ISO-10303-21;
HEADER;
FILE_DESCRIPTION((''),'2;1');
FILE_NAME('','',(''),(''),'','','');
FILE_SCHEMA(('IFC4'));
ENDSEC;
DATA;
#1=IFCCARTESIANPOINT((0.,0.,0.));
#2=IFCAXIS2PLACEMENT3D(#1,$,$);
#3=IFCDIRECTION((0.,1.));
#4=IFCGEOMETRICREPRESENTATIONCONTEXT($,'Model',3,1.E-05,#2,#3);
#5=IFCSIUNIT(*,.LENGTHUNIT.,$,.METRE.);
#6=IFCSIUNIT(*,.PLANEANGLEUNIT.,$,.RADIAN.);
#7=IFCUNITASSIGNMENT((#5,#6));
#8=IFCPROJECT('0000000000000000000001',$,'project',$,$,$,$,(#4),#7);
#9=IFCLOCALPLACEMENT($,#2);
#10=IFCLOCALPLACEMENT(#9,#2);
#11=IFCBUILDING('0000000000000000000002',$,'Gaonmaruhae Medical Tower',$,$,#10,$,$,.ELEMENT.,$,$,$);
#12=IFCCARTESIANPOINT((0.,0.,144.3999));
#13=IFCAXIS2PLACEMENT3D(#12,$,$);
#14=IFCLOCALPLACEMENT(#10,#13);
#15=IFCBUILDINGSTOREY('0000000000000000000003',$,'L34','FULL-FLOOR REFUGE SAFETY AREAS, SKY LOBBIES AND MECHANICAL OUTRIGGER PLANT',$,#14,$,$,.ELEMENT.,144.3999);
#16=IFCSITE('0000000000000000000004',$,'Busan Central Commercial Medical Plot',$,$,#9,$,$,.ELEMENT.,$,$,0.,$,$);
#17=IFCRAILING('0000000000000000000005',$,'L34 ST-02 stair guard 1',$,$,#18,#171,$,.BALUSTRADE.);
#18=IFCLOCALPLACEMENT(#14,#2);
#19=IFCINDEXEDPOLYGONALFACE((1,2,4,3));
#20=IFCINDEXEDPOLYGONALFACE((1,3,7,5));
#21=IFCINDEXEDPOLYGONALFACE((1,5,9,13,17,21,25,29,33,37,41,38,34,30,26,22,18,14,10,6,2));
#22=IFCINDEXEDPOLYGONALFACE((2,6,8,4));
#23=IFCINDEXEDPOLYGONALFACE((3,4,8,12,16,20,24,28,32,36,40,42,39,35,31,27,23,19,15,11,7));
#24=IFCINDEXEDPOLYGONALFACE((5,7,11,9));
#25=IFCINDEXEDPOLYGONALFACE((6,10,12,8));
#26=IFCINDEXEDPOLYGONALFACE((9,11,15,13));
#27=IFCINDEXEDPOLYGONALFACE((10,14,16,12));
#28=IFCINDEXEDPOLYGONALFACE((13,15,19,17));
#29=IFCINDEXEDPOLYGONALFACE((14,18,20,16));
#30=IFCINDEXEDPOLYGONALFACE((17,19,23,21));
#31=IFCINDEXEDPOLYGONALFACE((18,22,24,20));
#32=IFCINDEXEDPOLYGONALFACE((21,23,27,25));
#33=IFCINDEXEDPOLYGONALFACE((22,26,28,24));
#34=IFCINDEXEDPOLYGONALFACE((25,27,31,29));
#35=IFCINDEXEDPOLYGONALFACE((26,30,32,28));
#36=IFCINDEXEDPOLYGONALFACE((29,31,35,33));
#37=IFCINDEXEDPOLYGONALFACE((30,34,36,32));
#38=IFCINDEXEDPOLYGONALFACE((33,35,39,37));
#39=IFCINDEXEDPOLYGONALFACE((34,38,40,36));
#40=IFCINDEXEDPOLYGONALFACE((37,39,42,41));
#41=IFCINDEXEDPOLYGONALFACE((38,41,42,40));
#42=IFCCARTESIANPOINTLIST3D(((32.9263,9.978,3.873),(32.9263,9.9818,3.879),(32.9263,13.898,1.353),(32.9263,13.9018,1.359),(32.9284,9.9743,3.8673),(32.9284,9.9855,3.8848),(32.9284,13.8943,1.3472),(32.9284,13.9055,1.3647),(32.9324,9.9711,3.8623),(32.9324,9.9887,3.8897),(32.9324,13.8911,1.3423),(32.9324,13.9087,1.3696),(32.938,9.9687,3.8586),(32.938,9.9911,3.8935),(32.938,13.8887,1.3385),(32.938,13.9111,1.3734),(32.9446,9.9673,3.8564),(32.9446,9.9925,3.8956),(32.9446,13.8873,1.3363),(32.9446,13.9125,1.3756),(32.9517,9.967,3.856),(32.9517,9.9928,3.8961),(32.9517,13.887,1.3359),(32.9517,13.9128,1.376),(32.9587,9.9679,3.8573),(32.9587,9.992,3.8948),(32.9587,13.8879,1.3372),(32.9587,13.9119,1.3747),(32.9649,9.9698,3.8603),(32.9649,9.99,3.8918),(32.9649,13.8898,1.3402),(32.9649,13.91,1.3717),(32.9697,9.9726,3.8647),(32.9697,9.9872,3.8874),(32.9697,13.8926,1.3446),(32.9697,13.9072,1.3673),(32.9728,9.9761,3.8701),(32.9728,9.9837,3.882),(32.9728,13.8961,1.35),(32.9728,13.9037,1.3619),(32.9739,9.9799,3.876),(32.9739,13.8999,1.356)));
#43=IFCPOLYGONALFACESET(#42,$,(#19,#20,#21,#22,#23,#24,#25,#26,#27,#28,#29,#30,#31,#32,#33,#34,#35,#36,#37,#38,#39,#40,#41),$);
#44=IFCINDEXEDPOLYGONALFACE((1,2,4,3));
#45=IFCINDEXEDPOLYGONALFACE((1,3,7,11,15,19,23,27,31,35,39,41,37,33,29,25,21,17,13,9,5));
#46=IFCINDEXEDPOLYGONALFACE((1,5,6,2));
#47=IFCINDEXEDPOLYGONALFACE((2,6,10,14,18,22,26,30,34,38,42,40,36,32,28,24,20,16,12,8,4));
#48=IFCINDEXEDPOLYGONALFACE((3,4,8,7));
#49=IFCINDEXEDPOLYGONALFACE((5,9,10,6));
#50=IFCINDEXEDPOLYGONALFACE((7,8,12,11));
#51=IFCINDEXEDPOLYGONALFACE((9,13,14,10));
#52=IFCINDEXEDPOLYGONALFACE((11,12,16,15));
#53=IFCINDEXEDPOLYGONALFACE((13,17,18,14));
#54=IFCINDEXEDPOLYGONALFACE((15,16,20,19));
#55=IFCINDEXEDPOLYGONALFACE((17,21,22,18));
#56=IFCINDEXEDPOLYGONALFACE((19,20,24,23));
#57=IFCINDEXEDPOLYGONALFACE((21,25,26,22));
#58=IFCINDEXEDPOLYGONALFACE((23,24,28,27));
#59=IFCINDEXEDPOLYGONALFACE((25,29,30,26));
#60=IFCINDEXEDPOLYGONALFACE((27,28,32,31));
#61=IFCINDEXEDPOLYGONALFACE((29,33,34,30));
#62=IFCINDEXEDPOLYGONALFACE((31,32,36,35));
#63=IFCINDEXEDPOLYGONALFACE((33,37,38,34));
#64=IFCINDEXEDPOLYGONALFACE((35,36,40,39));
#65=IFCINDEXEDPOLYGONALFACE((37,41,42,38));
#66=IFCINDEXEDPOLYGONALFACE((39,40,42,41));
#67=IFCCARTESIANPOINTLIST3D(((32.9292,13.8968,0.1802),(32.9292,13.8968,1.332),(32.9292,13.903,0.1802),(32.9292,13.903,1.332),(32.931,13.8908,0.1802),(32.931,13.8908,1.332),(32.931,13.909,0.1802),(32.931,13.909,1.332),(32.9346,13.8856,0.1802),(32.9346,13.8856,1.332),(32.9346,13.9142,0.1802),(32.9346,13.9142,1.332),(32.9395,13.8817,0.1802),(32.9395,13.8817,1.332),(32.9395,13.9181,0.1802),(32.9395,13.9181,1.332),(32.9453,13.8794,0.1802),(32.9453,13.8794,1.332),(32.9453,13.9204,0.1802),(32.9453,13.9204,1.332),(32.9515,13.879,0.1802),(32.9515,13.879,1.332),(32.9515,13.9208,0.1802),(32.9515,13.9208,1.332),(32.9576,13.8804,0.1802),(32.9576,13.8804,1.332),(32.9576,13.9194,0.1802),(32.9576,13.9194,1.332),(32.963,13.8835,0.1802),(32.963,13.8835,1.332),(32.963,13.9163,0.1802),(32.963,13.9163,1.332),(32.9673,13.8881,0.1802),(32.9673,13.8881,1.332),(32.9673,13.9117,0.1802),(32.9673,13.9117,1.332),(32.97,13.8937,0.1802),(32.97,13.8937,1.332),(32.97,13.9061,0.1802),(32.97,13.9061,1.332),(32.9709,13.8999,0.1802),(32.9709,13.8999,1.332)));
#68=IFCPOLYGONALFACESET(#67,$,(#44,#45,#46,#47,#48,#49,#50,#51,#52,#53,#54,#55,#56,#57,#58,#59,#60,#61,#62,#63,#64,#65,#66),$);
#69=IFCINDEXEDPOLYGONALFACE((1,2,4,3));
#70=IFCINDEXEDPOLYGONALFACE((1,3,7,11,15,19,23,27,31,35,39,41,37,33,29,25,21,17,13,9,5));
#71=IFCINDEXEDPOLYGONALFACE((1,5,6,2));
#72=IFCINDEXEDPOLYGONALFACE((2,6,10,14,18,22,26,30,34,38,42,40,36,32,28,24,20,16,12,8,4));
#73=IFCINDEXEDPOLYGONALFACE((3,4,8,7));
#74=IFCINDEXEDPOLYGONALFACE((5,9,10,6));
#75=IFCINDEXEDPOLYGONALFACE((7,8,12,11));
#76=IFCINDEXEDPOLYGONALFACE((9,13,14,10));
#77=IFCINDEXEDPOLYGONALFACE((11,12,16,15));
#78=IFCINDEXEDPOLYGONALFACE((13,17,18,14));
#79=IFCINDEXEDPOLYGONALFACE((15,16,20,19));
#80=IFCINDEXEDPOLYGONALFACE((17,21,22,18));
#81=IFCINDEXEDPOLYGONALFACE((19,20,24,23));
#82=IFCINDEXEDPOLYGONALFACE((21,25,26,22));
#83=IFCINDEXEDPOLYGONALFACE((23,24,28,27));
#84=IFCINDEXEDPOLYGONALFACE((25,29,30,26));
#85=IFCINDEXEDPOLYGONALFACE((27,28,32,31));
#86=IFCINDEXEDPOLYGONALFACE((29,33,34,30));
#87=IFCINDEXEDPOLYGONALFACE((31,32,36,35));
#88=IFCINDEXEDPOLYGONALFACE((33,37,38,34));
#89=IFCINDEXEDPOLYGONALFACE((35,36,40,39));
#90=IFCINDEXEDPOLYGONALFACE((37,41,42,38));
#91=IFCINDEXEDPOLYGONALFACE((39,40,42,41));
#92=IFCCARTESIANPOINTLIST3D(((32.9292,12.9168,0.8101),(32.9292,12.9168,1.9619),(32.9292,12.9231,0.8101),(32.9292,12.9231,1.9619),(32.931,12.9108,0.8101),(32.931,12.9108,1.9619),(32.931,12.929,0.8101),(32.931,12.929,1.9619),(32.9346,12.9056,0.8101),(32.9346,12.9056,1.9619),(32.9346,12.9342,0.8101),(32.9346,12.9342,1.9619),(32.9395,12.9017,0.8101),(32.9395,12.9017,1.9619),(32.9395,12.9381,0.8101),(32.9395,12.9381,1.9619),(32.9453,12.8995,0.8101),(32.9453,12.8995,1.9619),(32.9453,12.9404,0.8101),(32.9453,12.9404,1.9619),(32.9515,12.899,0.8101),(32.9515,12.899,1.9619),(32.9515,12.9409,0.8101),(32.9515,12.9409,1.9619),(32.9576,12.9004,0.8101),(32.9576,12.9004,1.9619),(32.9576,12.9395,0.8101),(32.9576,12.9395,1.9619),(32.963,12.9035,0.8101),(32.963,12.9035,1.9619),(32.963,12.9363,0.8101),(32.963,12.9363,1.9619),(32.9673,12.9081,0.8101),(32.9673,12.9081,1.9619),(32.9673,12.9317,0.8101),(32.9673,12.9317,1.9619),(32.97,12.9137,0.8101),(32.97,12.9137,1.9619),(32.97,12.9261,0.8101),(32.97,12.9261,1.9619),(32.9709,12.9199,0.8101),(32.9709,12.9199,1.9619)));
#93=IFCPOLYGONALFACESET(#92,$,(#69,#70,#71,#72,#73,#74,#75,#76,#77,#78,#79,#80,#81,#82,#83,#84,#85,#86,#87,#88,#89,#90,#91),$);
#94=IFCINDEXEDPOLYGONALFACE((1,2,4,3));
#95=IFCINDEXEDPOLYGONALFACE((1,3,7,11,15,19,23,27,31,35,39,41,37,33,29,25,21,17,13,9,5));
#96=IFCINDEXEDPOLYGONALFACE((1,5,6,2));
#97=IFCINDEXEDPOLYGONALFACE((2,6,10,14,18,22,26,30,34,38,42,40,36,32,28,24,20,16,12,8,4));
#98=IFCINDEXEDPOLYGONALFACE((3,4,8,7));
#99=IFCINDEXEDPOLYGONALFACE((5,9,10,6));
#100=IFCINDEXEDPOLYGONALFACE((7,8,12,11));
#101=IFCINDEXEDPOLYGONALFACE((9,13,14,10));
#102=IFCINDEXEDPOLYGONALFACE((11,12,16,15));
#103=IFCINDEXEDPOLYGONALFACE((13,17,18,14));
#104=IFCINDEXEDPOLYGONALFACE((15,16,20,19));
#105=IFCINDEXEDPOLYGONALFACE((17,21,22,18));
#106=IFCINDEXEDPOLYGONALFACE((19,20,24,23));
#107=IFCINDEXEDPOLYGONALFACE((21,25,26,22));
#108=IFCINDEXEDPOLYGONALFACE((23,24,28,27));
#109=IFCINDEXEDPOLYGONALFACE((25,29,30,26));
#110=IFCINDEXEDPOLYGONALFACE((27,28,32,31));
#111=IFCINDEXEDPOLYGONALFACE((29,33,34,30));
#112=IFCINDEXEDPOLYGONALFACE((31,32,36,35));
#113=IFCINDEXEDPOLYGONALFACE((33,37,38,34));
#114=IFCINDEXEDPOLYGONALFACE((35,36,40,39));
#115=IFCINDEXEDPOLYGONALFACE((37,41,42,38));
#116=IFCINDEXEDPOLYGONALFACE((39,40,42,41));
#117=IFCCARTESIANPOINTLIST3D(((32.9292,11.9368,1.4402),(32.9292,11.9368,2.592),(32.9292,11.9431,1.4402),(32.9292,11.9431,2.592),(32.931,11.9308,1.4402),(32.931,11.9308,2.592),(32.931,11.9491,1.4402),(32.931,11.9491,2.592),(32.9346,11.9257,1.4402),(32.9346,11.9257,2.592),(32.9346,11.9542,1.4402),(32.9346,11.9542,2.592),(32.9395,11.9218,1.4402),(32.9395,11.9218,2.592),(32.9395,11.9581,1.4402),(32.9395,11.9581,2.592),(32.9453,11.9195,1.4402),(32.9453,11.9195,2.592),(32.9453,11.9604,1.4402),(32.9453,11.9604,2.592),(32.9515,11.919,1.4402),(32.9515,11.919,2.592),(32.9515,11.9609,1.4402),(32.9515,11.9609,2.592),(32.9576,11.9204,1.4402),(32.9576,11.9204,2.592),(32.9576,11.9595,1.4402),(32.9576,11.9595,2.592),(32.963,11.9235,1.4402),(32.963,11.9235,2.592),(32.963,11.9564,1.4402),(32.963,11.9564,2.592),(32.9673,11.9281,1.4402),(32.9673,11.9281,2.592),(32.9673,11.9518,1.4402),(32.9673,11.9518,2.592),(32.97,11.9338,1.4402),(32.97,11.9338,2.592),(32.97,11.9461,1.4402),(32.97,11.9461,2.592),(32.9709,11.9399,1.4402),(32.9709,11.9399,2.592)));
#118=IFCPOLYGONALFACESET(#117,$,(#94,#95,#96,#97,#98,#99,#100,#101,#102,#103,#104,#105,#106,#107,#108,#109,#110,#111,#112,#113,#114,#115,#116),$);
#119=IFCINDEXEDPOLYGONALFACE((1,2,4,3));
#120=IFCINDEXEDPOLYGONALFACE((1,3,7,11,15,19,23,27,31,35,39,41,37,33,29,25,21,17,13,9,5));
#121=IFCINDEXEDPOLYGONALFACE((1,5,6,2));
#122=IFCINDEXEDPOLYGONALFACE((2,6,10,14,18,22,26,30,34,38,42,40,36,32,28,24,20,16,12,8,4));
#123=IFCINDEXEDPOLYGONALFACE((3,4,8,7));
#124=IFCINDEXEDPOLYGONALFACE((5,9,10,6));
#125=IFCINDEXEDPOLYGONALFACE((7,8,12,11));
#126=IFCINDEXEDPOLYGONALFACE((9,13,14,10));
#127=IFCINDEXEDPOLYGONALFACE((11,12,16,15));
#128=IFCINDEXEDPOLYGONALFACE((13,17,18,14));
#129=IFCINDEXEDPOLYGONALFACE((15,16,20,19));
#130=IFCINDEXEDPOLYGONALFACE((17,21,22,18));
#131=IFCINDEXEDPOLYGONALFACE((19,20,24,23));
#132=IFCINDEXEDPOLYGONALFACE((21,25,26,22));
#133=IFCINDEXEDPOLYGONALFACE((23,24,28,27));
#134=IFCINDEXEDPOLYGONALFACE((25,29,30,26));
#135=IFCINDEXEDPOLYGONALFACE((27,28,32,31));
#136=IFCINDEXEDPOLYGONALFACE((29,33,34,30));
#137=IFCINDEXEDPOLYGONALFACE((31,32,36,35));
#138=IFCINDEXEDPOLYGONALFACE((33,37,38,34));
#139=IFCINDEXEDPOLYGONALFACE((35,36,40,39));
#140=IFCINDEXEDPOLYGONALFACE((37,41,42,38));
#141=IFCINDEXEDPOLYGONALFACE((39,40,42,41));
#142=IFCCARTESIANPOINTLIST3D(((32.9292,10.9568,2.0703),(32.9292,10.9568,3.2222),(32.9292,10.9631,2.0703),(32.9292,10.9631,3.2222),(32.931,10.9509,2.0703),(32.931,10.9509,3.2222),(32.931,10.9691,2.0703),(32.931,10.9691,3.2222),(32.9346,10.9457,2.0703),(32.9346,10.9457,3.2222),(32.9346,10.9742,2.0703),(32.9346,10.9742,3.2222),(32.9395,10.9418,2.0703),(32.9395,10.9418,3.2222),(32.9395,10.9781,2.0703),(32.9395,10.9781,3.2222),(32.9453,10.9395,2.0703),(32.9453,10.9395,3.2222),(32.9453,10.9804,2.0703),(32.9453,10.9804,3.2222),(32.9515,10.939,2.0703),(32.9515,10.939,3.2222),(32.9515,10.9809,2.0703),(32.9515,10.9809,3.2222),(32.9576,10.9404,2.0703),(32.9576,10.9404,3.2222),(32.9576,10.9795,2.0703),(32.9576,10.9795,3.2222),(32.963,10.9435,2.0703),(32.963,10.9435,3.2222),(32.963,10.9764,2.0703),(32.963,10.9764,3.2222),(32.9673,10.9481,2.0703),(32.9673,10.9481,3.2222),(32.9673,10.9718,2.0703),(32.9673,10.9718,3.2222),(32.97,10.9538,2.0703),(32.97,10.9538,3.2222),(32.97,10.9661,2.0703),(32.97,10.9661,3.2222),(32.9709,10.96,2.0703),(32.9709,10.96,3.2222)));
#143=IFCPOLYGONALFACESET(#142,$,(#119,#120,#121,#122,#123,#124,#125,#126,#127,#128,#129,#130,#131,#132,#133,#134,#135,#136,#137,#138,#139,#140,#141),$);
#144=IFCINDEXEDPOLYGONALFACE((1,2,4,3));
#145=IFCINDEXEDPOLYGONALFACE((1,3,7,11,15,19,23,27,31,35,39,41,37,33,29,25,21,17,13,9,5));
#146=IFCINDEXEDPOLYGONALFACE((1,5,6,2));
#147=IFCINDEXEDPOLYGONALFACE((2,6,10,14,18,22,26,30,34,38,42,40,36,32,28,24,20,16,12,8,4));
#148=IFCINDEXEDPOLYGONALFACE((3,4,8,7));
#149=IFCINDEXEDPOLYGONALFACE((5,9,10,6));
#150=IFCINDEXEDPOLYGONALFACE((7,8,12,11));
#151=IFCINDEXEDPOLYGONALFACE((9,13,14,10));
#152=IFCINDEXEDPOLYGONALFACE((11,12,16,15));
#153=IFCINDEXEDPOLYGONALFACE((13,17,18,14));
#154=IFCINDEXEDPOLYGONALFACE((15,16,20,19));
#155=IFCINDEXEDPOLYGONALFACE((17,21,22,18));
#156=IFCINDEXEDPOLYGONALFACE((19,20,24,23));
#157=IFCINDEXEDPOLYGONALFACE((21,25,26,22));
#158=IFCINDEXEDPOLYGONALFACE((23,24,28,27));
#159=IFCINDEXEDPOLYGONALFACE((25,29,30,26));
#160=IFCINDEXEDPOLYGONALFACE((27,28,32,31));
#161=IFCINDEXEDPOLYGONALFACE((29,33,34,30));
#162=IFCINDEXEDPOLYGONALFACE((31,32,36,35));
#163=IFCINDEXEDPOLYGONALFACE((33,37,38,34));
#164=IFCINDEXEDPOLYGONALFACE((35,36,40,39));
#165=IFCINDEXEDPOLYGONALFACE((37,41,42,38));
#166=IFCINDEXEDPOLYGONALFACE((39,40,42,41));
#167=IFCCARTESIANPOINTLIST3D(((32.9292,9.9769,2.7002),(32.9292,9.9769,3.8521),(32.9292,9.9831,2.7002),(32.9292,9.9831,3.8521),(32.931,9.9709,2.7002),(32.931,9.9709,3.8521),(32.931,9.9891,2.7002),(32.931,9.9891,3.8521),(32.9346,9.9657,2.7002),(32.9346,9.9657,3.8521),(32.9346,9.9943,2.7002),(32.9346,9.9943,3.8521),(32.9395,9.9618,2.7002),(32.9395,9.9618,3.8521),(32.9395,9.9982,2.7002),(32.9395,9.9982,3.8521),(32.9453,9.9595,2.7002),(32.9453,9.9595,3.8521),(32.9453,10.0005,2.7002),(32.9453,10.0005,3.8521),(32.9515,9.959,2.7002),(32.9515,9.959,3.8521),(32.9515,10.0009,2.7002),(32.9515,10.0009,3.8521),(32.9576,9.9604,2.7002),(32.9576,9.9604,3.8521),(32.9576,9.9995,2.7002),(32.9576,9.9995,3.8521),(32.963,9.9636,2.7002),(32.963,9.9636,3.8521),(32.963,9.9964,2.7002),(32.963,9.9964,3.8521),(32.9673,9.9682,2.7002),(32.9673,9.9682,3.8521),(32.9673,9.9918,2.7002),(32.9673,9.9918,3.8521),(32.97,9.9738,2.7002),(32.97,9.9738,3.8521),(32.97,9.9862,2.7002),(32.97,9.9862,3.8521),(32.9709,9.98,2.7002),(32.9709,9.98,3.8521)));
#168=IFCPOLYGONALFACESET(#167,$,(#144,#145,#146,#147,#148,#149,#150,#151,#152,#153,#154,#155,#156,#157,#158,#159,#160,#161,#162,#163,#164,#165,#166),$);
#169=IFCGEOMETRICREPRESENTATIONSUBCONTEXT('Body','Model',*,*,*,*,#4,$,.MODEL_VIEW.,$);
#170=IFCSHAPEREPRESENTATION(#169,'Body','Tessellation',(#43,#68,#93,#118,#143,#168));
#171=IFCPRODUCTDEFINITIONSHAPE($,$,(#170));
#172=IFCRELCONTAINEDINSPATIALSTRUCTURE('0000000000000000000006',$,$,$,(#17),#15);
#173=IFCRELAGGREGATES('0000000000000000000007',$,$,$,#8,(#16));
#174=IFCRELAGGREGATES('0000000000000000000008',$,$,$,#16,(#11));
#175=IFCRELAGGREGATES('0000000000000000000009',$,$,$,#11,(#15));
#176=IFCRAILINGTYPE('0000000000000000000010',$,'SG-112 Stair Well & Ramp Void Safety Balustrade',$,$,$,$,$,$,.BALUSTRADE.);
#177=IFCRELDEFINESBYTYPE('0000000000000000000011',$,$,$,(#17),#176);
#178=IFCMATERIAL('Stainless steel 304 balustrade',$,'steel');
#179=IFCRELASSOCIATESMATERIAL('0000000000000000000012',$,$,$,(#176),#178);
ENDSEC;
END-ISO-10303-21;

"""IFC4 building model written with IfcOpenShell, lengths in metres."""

from ifc_helpers import new_model, si_unit, direction, frame, origin, origin_2d, place, context, subcontext, project, spatial, circle, extrude, material, type_object, element, save


model = new_model("IFC4")

# Units and contexts
model_context = context("Model", 3, precision=1e-05, world=origin(), true_north=direction((0.0, 1.0)))
body_context = subcontext(model_context, "Body", "Model", "MODEL_VIEW")
ifc_project = project(units=[si_unit("LENGTHUNIT", "METRE"), si_unit("PLANEANGLEUNIT", "RADIAN")], contexts=[model_context])

# Site, building, storey
site_placement = place(None, origin())
site = spatial("IfcSite", under=ifc_project, at=site_placement, Name="Busan Central Commercial Medical Plot", CompositionType="ELEMENT", RefElevation=0.0)
building_placement = place(site_placement, origin())
building = spatial("IfcBuilding", under=site, at=building_placement, Name="Gaonmaruhae Medical Tower", CompositionType="ELEMENT")
storey_placement = place(building_placement, frame((0.0, 0.0, 144.3999)))
storey = spatial("IfcBuildingStorey", under=building, at=storey_placement, Name="L34", Description="FULL-FLOOR REFUGE SAFETY AREAS, SKY LOBBIES AND MECHANICAL OUTRIGGER PLANT", CompositionType="ELEMENT", Elevation=144.3999)

# Railing
ifc_material_1 = material(Name="Stainless steel 304 balustrade", Category="steel")
railing_type_1 = type_object("IfcRailingType", Name="SG-112 Stair Well & Ramp Void Safety Balustrade", PredefinedType="BALUSTRADE", material=ifc_material_1)
railing_1_placement = place(storey_placement, frame((32.95, 13.8999, 0.1802)))
element("IfcRailing", 1, at=railing_1_placement, inside=storey, type_object=railing_type_1, Name="L34 ST-02 stair guard 1", PredefinedType="BALUSTRADE", context=body_context, shape_type="SweptSolid", body=[
    extrude(circle(Radius=0.0239, at=origin_2d()), frame((0.0, 0.0, 1.1758), z_axis=(0.0, -0.841172, 0.540768), x_axis=(1.0, 0.0, 0.0)), (0.0, 0.0, 1.0), 4.6602),
    extrude(circle(Radius=0.021, at=origin_2d()), origin(), (0.0, 0.0, 1.0), 1.1519),
    extrude(circle(Radius=0.021, at=origin_2d()), frame((0.0, -0.98, 0.6299)), (0.0, 0.0, 1.0), 1.1519),
    extrude(circle(Radius=0.021, at=origin_2d()), frame((0.0, -1.96, 1.26)), (0.0, 0.0, 1.0), 1.1519),
    extrude(circle(Radius=0.021, at=origin_2d()), frame((0.0, -2.9399, 1.8901)), (0.0, 0.0, 1.0), 1.1519),
    extrude(circle(Radius=0.021, at=origin_2d()), frame((0.0, -3.9199, 2.52)), (0.0, 0.0, 1.0), 1.1519),
])

save(model, "model.ifc")
